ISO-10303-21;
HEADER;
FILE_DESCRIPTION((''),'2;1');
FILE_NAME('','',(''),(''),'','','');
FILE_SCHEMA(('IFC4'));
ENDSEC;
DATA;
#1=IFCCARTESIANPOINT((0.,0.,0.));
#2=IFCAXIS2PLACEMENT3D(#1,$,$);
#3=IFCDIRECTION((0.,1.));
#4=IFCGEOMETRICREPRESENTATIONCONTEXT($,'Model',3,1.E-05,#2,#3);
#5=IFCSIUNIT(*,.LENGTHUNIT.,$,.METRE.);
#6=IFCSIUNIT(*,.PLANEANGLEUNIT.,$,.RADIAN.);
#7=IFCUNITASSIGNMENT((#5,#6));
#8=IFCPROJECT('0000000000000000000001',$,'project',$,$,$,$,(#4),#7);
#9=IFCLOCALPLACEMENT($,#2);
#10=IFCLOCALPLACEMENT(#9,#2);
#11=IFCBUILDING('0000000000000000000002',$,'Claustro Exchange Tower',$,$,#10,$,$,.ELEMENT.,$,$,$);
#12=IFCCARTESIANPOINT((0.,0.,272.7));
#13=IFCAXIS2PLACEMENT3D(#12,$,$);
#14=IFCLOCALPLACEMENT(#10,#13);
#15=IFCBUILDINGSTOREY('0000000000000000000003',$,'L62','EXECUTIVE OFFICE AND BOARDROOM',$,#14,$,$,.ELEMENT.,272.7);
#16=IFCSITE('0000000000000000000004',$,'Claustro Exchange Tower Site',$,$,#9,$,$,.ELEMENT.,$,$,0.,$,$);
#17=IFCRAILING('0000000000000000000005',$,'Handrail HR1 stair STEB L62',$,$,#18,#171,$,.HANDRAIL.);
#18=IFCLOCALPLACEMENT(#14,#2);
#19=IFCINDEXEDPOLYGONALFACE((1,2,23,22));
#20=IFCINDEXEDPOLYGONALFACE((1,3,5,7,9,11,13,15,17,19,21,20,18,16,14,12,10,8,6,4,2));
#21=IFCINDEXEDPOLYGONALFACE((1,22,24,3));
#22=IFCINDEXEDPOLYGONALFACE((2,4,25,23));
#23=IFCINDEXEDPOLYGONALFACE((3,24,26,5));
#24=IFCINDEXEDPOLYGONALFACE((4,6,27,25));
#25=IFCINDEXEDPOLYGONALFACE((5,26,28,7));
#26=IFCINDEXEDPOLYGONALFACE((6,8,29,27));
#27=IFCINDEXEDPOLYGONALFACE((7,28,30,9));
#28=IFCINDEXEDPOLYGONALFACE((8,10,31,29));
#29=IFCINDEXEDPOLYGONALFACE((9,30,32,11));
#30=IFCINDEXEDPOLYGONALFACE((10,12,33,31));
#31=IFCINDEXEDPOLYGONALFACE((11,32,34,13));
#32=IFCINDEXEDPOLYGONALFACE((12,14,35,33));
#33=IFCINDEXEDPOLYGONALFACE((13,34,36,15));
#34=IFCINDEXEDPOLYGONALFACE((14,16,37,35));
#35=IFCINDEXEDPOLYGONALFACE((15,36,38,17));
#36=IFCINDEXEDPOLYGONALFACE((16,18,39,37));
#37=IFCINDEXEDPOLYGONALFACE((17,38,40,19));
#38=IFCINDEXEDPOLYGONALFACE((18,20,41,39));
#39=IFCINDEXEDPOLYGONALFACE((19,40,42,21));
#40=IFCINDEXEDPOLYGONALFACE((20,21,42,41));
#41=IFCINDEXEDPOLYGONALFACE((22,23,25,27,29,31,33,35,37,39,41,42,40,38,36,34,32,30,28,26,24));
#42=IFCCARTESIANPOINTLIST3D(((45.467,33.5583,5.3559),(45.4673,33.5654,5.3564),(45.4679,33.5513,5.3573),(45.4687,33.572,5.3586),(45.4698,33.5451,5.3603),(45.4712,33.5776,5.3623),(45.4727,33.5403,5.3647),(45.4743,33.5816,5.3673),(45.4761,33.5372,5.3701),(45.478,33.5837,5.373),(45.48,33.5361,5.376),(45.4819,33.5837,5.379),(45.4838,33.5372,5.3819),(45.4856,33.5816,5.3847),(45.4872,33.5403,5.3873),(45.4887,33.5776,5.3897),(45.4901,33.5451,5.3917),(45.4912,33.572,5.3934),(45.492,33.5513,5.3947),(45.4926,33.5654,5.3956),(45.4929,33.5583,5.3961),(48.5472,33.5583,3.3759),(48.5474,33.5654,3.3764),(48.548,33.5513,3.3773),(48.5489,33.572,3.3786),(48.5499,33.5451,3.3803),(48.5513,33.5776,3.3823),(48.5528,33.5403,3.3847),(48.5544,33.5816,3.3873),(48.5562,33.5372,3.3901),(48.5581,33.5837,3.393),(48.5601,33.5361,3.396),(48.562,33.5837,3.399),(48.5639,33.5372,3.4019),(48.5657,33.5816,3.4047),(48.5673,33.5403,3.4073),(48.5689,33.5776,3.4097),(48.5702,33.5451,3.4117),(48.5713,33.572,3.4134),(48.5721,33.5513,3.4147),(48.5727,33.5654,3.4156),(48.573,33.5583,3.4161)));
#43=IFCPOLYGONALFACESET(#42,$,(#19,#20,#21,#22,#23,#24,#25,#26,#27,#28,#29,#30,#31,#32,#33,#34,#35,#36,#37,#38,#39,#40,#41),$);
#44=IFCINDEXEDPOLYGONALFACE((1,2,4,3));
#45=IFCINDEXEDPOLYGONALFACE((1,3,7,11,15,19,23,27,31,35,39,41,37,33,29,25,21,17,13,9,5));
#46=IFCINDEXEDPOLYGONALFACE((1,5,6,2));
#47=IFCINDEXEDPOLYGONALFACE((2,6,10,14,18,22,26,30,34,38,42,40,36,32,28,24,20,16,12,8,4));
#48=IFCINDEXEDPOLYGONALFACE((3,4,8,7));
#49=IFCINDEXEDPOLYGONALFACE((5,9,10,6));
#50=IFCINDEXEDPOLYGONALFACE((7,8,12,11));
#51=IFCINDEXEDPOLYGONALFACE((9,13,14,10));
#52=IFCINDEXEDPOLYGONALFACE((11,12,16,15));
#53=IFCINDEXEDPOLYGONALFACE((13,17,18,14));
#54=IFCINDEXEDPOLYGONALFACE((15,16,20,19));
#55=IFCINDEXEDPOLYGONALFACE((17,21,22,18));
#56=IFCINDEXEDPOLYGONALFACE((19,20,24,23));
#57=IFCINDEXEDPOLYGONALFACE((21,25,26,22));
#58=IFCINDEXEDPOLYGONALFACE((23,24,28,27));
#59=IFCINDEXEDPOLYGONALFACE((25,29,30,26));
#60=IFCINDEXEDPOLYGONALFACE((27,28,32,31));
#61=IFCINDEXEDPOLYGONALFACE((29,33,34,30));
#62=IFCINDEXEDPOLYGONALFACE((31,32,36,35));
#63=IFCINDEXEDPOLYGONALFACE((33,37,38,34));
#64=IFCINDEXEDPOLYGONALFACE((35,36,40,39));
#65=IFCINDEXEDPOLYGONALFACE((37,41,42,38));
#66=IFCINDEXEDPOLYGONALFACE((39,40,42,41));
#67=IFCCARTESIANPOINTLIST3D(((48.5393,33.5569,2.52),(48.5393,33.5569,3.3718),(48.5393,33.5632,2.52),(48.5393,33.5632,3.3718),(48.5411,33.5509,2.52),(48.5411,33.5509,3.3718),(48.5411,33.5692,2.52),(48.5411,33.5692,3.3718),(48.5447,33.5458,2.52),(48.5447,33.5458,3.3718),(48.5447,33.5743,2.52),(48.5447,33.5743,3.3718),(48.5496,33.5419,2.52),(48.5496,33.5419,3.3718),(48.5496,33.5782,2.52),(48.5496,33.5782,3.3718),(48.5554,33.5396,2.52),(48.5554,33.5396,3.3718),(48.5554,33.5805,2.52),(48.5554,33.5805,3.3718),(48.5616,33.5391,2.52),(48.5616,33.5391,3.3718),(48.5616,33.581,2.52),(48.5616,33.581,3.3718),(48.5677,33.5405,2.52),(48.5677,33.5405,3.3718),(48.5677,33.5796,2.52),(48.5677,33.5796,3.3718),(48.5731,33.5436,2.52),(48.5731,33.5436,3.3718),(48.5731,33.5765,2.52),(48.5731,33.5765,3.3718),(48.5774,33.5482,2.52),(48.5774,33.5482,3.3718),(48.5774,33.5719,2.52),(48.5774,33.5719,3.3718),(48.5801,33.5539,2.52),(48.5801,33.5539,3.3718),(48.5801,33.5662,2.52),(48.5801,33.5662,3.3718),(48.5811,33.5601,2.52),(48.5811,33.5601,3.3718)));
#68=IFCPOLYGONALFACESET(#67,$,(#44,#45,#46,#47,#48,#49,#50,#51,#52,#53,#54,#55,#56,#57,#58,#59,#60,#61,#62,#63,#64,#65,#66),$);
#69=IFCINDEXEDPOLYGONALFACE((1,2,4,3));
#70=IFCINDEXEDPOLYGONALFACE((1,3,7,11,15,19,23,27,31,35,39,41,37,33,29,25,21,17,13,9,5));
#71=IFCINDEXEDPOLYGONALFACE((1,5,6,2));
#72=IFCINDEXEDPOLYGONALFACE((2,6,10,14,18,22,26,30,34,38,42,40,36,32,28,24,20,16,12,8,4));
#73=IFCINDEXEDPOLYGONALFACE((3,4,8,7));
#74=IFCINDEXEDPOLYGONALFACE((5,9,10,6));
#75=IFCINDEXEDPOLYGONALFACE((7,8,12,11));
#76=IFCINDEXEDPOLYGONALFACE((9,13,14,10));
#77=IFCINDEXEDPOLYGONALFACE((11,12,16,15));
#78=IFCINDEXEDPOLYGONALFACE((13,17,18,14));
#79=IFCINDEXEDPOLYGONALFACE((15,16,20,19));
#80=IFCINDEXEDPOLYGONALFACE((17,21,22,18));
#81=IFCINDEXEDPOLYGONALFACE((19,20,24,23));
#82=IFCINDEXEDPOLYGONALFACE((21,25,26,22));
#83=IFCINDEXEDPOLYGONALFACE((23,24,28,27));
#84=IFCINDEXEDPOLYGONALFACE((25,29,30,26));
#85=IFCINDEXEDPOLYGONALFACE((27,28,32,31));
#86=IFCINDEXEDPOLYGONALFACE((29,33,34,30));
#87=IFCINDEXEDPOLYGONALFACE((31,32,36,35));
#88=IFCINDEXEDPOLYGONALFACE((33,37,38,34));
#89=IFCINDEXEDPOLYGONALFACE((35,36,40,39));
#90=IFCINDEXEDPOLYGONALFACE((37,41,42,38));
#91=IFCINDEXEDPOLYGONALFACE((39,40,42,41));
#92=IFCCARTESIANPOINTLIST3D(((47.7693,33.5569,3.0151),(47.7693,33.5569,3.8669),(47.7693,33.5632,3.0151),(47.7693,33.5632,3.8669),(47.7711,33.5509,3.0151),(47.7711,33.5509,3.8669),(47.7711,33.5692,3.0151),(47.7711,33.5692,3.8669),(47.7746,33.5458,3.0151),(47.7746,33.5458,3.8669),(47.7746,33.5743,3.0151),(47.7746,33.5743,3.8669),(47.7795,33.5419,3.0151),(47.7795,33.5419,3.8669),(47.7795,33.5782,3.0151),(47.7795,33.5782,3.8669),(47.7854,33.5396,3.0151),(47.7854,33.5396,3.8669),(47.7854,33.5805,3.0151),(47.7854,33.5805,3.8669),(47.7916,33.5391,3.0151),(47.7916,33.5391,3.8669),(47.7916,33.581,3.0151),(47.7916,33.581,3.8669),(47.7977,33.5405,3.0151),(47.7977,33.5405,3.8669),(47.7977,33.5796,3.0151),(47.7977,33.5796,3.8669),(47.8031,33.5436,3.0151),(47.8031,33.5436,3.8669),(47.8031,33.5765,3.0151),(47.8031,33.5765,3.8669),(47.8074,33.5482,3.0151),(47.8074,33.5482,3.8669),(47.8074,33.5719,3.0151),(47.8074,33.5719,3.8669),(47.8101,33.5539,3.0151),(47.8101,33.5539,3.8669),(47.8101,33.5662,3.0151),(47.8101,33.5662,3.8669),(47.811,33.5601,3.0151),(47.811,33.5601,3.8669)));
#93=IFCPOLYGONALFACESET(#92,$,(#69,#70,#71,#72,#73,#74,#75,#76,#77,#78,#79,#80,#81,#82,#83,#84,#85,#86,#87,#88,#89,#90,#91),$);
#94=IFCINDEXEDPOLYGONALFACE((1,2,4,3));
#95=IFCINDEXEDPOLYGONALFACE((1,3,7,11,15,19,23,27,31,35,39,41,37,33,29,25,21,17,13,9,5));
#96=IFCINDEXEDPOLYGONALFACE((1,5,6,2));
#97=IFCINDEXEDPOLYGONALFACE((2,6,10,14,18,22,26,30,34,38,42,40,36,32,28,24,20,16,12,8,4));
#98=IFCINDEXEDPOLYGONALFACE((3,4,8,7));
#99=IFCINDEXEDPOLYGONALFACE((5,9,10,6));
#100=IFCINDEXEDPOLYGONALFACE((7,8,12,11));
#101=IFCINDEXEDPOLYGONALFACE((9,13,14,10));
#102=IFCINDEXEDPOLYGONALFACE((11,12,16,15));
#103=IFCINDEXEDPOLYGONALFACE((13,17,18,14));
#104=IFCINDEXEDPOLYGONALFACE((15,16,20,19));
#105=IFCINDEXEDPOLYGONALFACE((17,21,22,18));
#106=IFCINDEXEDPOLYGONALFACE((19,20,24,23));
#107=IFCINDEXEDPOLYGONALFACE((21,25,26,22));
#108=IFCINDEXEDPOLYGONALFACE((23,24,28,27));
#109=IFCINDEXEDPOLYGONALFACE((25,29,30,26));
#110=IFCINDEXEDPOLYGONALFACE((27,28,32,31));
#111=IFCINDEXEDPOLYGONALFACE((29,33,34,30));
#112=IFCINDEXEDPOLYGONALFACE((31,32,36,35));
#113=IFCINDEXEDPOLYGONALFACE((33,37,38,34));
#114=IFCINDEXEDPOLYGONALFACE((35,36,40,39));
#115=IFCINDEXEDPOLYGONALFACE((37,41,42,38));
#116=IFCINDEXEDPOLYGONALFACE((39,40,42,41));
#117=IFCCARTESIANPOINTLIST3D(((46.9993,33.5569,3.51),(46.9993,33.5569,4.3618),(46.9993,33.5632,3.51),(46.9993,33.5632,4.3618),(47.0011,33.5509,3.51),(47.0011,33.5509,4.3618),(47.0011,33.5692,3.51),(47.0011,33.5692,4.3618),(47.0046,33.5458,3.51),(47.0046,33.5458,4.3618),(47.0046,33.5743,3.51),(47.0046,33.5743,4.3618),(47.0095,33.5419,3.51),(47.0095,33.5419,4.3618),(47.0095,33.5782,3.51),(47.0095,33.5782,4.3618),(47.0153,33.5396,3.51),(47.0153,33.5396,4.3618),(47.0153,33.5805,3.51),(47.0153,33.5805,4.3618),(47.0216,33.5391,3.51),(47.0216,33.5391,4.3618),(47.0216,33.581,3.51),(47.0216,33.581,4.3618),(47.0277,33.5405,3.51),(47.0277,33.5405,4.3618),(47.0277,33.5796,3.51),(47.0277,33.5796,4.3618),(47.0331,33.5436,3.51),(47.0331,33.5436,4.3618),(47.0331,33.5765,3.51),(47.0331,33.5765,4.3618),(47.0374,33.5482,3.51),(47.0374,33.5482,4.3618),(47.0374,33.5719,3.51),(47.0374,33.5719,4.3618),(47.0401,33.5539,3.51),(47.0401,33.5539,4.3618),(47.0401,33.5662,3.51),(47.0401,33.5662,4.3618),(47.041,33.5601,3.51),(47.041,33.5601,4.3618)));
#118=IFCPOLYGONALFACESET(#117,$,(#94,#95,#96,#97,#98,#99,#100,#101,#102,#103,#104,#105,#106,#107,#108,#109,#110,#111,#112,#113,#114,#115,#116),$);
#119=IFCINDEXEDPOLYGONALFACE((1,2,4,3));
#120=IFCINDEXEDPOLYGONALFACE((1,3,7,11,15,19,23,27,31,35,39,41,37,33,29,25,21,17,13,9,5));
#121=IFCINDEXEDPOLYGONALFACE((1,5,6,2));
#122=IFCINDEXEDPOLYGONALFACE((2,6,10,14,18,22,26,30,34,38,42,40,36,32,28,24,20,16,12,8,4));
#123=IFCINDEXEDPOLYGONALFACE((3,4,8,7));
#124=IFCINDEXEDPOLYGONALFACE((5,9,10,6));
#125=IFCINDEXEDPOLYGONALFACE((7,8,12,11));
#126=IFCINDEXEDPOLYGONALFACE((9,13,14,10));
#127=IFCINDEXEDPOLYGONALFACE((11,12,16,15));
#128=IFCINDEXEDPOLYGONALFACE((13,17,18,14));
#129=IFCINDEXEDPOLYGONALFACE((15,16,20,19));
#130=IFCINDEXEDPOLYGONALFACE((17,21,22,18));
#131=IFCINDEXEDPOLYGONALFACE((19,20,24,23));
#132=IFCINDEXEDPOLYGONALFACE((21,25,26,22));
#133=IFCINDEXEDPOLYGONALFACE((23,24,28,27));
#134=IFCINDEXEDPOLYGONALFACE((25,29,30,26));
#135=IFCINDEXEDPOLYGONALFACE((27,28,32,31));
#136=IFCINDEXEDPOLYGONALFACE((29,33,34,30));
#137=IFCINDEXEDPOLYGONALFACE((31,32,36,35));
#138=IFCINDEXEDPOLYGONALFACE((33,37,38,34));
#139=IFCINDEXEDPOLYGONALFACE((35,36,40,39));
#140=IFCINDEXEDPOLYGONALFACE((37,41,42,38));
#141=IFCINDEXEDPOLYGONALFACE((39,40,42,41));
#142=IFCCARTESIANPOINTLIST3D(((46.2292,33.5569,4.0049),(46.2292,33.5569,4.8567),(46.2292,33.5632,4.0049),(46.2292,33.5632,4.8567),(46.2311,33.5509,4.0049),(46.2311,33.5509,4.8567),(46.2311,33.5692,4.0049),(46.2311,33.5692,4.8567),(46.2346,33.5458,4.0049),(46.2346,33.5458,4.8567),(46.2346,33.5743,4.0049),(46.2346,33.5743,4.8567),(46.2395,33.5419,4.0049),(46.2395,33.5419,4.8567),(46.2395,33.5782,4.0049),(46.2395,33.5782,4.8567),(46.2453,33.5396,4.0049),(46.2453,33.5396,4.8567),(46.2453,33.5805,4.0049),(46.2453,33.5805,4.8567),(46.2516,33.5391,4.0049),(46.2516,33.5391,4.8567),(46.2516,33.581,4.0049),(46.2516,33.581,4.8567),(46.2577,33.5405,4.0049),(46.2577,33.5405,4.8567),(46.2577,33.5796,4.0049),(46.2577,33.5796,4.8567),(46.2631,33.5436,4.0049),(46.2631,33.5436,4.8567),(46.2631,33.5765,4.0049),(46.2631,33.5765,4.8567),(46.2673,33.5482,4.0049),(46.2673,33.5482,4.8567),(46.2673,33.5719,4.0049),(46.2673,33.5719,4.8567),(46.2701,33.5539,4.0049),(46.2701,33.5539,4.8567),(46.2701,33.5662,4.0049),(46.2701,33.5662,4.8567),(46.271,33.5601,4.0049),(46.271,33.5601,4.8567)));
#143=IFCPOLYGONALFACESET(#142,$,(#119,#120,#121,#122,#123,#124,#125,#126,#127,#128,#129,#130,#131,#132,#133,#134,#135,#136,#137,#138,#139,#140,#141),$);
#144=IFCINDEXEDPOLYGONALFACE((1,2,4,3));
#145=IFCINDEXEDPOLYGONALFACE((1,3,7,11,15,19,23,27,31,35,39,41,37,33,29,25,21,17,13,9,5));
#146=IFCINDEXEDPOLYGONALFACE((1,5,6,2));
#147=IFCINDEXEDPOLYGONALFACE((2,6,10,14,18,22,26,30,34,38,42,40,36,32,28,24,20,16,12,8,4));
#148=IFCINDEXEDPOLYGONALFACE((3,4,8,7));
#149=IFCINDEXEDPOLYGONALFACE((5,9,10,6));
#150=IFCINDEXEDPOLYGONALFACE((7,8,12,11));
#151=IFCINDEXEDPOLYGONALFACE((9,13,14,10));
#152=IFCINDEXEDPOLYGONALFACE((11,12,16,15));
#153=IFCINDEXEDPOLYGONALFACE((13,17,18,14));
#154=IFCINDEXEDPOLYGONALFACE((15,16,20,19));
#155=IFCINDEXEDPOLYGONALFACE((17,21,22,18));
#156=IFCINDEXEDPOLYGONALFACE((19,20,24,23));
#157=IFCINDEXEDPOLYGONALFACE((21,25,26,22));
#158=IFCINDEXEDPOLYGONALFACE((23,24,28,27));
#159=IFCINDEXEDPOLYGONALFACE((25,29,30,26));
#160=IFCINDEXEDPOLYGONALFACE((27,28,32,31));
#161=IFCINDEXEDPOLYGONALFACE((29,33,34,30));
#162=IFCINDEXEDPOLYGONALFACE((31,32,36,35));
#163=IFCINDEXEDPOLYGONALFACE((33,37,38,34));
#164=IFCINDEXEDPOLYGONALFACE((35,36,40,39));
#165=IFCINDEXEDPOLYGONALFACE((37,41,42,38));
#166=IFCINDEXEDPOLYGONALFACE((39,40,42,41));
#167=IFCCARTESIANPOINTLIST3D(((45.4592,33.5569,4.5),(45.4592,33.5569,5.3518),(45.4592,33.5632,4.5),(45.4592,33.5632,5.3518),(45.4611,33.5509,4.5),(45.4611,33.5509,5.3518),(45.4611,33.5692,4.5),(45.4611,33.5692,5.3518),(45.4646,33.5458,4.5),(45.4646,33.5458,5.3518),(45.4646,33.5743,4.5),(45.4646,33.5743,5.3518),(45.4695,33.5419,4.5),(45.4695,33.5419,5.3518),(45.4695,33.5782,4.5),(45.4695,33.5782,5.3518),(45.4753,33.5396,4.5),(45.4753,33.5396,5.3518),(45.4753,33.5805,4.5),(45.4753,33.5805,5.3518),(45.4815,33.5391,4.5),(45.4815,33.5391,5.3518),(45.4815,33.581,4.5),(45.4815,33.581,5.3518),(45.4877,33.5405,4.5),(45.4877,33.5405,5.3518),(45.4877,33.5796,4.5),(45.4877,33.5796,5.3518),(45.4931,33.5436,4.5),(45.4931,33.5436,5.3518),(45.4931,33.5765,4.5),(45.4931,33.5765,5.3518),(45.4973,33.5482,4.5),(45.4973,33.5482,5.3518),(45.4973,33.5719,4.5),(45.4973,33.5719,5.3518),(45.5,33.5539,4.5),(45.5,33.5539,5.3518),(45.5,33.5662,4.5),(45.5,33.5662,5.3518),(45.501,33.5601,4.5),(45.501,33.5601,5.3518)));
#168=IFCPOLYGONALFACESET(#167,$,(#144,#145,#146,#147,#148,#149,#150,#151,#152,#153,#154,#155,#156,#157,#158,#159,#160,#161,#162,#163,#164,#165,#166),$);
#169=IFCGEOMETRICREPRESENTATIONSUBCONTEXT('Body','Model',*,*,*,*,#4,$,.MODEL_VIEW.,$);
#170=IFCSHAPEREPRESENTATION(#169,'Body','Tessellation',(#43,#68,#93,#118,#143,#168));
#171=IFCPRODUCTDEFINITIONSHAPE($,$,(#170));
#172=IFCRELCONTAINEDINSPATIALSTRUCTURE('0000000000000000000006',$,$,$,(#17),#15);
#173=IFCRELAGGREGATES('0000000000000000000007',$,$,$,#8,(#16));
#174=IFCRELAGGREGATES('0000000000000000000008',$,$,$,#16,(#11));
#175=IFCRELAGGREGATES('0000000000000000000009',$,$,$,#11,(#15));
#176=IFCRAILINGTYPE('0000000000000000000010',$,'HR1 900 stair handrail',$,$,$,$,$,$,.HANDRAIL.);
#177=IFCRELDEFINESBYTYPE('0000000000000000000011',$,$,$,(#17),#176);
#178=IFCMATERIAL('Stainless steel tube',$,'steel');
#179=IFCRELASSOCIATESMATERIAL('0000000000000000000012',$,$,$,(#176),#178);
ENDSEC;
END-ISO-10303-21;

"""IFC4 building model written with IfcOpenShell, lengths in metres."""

from ifc_helpers import new_model, si_unit, direction, frame, origin, origin_2d, place, context, subcontext, project, spatial, circle, extrude, material, type_object, element, save


model = new_model("IFC4")

# Units and contexts
model_context = context("Model", 3, precision=1e-05, world=origin(), true_north=direction((0.0, 1.0)))
body_context = subcontext(model_context, "Body", "Model", "MODEL_VIEW")
ifc_project = project(units=[si_unit("LENGTHUNIT", "METRE"), si_unit("PLANEANGLEUNIT", "RADIAN")], contexts=[model_context])

# Site, building, storey
site_placement = place(None, origin())
site = spatial("IfcSite", under=ifc_project, at=site_placement, Name="Claustro Exchange Tower Site", CompositionType="ELEMENT", RefElevation=0.0)
building_placement = place(site_placement, origin())
building = spatial("IfcBuilding", under=site, at=building_placement, Name="Claustro Exchange Tower", CompositionType="ELEMENT")
storey_placement = place(building_placement, frame((0.0, 0.0, 272.7)))
storey = spatial("IfcBuildingStorey", under=building, at=storey_placement, Name="L62", Description="EXECUTIVE OFFICE AND BOARDROOM", CompositionType="ELEMENT", Elevation=272.7)

# Railing
ifc_material_1 = material(Name="Stainless steel tube", Category="steel")
railing_type_1 = type_object("IfcRailingType", Name="HR1 900 stair handrail", PredefinedType="HANDRAIL", material=ifc_material_1)
railing_1_placement = place(storey_placement, frame((48.5601, 33.5601, 2.52)))
element("IfcRailing", 1, at=railing_1_placement, inside=storey, type_object=railing_type_1, Name="Handrail HR1 stair STEB L62", PredefinedType="HANDRAIL", context=body_context, shape_type="SweptSolid", body=[
    extrude(circle(Radius=0.0239, at=origin_2d()), frame((0.0, 0.0, 0.876), z_axis=(-0.841187, 0.0, 0.540744), x_axis=(0.0, -1.0, 0.0)), (0.0, 0.0, 1.0), 3.6616),
    extrude(circle(Radius=0.021, at=origin_2d()), origin(), (0.0, 0.0, 1.0), 0.8518),
    extrude(circle(Radius=0.021, at=origin_2d()), frame((-0.77, 0.0, 0.4951)), (0.0, 0.0, 1.0), 0.8518),
    extrude(circle(Radius=0.021, at=origin_2d()), frame((-1.54, 0.0, 0.99)), (0.0, 0.0, 1.0), 0.8518),
    extrude(circle(Radius=0.021, at=origin_2d()), frame((-2.3101, 0.0, 1.4849)), (0.0, 0.0, 1.0), 0.8518),
    extrude(circle(Radius=0.021, at=origin_2d()), frame((-3.0801, 0.0, 1.98)), (0.0, 0.0, 1.0), 0.8518),
])

save(model, "model.ifc")
